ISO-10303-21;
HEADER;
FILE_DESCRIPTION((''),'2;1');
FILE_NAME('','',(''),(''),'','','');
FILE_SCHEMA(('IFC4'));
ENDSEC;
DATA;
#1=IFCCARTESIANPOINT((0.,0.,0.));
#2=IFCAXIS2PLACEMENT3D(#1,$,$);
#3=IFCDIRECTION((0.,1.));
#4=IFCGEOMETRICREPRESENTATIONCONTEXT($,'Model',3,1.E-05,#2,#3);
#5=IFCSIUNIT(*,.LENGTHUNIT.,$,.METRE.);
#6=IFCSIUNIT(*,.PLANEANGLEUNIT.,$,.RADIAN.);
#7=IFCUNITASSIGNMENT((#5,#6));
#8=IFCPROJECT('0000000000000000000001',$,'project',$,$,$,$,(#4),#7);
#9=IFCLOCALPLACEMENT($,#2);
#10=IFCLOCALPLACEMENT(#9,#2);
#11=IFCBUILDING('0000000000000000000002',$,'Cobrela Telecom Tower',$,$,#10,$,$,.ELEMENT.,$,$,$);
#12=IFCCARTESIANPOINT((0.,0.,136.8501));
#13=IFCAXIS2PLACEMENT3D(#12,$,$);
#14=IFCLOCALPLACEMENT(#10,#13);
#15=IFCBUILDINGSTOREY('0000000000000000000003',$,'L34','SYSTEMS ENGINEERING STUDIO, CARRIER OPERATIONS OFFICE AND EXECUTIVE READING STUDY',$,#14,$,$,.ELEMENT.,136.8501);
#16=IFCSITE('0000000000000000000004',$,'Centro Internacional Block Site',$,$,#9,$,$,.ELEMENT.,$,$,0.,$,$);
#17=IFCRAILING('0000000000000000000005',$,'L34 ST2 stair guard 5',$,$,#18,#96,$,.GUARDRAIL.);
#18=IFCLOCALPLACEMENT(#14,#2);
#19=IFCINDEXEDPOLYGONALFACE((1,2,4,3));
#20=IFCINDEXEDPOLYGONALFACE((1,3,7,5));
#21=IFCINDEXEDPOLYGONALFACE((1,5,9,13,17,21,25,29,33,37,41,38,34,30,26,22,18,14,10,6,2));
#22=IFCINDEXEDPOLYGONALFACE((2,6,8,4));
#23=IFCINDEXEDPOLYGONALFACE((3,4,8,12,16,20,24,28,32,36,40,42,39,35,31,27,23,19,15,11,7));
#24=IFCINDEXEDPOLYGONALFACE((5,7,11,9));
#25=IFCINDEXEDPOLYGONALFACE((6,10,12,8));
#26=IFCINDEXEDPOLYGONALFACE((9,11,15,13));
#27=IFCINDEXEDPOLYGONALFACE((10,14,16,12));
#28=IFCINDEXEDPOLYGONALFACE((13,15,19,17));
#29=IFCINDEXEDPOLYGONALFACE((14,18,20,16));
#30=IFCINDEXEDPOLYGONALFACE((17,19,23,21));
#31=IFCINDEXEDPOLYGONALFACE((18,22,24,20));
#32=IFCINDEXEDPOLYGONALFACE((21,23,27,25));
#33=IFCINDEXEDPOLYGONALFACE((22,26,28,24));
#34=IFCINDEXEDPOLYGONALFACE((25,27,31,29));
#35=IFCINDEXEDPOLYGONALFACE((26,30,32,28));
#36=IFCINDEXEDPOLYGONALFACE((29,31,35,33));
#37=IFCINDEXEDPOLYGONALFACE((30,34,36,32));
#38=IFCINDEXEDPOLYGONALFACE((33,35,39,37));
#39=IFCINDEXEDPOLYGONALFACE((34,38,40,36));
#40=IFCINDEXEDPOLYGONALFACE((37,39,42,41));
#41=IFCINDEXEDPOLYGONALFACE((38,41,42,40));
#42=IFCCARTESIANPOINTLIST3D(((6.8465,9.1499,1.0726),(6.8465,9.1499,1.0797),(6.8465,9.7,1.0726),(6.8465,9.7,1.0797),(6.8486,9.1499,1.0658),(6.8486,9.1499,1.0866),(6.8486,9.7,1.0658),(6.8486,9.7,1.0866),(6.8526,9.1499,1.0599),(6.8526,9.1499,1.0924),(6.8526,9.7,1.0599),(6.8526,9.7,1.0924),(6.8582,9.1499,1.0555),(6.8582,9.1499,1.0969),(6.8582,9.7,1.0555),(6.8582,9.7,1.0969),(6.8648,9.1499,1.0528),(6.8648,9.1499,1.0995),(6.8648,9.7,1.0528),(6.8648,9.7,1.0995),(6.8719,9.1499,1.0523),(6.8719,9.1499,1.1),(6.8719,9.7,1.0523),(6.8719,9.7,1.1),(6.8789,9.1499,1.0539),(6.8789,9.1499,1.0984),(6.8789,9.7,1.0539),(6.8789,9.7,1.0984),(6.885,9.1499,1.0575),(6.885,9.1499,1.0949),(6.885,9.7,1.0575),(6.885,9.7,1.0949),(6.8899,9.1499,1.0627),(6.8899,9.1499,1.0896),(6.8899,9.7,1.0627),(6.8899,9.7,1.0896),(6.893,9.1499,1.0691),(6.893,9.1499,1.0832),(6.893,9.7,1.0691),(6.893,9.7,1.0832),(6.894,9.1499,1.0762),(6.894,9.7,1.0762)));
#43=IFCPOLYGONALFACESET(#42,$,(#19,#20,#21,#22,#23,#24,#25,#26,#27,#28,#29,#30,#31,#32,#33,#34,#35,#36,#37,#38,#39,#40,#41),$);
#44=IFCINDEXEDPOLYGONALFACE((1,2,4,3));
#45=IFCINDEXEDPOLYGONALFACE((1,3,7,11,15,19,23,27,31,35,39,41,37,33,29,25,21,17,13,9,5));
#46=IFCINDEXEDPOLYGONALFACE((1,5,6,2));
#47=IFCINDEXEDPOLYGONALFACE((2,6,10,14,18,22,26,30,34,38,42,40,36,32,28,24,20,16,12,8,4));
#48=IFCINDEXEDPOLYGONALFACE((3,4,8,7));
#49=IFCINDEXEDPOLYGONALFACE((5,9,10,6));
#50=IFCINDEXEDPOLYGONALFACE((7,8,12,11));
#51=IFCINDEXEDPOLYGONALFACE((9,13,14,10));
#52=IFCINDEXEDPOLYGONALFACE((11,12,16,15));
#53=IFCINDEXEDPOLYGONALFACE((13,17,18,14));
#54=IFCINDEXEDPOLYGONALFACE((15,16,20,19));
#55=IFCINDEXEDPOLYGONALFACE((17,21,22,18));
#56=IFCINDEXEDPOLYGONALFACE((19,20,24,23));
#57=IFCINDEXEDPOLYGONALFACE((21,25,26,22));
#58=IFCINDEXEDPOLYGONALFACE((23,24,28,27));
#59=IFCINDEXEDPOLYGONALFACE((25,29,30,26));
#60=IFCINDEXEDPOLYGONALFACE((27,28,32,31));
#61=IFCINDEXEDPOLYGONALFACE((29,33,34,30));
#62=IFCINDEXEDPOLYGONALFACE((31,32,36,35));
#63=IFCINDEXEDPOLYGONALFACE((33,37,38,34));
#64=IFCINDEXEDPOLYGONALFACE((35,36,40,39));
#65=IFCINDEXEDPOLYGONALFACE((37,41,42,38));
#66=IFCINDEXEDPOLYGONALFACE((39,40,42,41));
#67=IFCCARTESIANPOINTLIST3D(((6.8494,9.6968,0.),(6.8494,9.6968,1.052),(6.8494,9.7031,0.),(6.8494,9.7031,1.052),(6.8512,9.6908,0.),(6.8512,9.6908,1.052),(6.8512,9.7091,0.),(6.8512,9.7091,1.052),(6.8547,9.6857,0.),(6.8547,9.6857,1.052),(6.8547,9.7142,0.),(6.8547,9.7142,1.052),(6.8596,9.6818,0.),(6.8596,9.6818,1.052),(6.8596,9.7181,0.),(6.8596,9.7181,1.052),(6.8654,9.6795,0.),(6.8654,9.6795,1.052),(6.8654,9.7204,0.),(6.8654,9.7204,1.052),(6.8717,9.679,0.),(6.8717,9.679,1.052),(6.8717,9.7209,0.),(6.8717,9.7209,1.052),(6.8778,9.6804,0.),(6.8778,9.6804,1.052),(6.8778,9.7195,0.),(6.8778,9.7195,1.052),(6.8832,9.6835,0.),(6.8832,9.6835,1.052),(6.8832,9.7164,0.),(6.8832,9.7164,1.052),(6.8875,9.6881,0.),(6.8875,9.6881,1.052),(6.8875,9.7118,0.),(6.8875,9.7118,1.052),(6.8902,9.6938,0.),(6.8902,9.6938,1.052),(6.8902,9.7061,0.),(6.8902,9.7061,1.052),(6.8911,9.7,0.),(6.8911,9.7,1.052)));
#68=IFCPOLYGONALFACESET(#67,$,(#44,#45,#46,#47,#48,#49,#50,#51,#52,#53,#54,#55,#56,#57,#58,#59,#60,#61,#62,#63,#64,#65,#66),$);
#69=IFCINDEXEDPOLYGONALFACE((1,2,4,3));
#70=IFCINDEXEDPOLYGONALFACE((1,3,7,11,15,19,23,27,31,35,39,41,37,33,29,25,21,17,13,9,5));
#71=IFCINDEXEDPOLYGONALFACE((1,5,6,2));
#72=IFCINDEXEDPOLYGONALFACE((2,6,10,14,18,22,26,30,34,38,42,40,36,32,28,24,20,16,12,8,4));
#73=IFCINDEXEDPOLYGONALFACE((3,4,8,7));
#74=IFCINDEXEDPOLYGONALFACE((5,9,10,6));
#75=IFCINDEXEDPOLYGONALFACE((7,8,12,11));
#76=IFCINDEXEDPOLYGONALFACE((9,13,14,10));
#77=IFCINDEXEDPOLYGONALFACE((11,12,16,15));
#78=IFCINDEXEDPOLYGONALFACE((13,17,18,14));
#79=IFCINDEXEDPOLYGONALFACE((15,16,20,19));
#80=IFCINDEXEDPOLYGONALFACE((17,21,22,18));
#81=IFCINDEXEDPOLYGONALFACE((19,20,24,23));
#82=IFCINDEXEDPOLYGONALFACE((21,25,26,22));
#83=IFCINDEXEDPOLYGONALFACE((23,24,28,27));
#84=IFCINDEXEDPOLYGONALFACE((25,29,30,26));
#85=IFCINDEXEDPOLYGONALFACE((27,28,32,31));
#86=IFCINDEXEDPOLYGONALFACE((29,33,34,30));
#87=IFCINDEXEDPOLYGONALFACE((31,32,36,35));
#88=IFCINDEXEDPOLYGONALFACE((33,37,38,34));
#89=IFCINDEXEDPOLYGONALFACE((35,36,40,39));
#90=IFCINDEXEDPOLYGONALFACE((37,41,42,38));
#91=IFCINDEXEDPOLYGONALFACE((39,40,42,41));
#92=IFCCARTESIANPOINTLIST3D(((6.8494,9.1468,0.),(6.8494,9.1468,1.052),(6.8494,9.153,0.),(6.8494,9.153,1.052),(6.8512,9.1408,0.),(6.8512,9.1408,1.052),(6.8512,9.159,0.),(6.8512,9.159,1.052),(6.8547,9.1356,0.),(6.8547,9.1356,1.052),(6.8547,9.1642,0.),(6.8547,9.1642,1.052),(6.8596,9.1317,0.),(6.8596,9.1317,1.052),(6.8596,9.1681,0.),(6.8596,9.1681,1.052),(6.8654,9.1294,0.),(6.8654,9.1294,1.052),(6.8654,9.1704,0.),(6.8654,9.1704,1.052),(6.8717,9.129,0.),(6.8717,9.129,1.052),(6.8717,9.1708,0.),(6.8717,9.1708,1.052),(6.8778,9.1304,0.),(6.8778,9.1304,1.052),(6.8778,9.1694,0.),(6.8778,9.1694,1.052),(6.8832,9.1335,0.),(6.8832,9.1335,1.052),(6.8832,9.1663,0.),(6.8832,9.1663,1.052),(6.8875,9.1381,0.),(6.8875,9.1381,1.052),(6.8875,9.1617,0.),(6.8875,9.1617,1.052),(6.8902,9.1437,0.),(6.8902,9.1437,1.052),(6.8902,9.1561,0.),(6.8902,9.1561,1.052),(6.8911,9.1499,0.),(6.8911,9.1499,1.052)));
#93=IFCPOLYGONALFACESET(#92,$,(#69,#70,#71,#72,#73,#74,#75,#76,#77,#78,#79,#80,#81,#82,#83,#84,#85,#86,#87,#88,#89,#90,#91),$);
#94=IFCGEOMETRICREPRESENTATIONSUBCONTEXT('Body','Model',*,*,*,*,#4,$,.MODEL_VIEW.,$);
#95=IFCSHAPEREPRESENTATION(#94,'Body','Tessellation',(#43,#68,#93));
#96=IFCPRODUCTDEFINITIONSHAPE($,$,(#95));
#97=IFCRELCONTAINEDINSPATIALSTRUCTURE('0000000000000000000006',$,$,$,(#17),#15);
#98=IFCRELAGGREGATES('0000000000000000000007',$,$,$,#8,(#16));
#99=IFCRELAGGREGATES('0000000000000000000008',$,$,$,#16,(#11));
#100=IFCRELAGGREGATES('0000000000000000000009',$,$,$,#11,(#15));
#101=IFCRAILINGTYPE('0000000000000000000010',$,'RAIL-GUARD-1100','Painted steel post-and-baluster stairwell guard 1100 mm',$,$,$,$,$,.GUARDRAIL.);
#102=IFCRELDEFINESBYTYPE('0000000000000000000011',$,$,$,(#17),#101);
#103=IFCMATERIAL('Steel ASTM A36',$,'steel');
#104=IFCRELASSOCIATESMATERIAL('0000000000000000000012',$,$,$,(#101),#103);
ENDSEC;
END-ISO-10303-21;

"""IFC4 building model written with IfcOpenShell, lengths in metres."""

from ifc_helpers import new_model, si_unit, direction, frame, origin, origin_2d, place, context, subcontext, project, spatial, circle, extrude, material, type_object, element, save


model = new_model("IFC4")

# Units and contexts
model_context = context("Model", 3, precision=1e-05, world=origin(), true_north=direction((0.0, 1.0)))
body_context = subcontext(model_context, "Body", "Model", "MODEL_VIEW")
ifc_project = project(units=[si_unit("LENGTHUNIT", "METRE"), si_unit("PLANEANGLEUNIT", "RADIAN")], contexts=[model_context])

# Site, building, storey
site_placement = place(None, origin())
site = spatial("IfcSite", under=ifc_project, at=site_placement, Name="Centro Internacional Block Site", CompositionType="ELEMENT", RefElevation=0.0)
building_placement = place(site_placement, origin())
building = spatial("IfcBuilding", under=site, at=building_placement, Name="Cobrela Telecom Tower", CompositionType="ELEMENT")
storey_placement = place(building_placement, frame((0.0, 0.0, 136.8501)))
storey = spatial("IfcBuildingStorey", under=building, at=storey_placement, Name="L34", Description="SYSTEMS ENGINEERING STUDIO, CARRIER OPERATIONS OFFICE AND EXECUTIVE READING STUDY", CompositionType="ELEMENT", Elevation=136.8501)

# Railing
ifc_material_1 = material(Name="Steel ASTM A36", Category="steel")
railing_type_1 = type_object("IfcRailingType", Name="RAIL-GUARD-1100", Description="Painted steel post-and-baluster stairwell guard 1100 mm", PredefinedType="GUARDRAIL", material=ifc_material_1)
railing_1_placement = place(storey_placement, frame((6.8701, 9.7, 0.0)))
element("IfcRailing", 1, at=railing_1_placement, inside=storey, type_object=railing_type_1, Name="L34 ST2 stair guard 5", PredefinedType="GUARDRAIL", context=body_context, shape_type="SweptSolid", body=[
    extrude(circle(Radius=0.0239, at=origin_2d()), frame((0.0, 0.0, 1.0762), z_axis=(0.0, -1.0, 0.0), x_axis=(1.0, 0.0, 0.0)), (0.0, 0.0, 1.0), 0.55),
    extrude(circle(Radius=0.021, at=origin_2d()), origin(), (0.0, 0.0, 1.0), 1.052),
    extrude(circle(Radius=0.021, at=origin_2d()), frame((0.0, -0.55, 0.0)), (0.0, 0.0, 1.0), 1.052),
])

save(model, "model.ifc")
